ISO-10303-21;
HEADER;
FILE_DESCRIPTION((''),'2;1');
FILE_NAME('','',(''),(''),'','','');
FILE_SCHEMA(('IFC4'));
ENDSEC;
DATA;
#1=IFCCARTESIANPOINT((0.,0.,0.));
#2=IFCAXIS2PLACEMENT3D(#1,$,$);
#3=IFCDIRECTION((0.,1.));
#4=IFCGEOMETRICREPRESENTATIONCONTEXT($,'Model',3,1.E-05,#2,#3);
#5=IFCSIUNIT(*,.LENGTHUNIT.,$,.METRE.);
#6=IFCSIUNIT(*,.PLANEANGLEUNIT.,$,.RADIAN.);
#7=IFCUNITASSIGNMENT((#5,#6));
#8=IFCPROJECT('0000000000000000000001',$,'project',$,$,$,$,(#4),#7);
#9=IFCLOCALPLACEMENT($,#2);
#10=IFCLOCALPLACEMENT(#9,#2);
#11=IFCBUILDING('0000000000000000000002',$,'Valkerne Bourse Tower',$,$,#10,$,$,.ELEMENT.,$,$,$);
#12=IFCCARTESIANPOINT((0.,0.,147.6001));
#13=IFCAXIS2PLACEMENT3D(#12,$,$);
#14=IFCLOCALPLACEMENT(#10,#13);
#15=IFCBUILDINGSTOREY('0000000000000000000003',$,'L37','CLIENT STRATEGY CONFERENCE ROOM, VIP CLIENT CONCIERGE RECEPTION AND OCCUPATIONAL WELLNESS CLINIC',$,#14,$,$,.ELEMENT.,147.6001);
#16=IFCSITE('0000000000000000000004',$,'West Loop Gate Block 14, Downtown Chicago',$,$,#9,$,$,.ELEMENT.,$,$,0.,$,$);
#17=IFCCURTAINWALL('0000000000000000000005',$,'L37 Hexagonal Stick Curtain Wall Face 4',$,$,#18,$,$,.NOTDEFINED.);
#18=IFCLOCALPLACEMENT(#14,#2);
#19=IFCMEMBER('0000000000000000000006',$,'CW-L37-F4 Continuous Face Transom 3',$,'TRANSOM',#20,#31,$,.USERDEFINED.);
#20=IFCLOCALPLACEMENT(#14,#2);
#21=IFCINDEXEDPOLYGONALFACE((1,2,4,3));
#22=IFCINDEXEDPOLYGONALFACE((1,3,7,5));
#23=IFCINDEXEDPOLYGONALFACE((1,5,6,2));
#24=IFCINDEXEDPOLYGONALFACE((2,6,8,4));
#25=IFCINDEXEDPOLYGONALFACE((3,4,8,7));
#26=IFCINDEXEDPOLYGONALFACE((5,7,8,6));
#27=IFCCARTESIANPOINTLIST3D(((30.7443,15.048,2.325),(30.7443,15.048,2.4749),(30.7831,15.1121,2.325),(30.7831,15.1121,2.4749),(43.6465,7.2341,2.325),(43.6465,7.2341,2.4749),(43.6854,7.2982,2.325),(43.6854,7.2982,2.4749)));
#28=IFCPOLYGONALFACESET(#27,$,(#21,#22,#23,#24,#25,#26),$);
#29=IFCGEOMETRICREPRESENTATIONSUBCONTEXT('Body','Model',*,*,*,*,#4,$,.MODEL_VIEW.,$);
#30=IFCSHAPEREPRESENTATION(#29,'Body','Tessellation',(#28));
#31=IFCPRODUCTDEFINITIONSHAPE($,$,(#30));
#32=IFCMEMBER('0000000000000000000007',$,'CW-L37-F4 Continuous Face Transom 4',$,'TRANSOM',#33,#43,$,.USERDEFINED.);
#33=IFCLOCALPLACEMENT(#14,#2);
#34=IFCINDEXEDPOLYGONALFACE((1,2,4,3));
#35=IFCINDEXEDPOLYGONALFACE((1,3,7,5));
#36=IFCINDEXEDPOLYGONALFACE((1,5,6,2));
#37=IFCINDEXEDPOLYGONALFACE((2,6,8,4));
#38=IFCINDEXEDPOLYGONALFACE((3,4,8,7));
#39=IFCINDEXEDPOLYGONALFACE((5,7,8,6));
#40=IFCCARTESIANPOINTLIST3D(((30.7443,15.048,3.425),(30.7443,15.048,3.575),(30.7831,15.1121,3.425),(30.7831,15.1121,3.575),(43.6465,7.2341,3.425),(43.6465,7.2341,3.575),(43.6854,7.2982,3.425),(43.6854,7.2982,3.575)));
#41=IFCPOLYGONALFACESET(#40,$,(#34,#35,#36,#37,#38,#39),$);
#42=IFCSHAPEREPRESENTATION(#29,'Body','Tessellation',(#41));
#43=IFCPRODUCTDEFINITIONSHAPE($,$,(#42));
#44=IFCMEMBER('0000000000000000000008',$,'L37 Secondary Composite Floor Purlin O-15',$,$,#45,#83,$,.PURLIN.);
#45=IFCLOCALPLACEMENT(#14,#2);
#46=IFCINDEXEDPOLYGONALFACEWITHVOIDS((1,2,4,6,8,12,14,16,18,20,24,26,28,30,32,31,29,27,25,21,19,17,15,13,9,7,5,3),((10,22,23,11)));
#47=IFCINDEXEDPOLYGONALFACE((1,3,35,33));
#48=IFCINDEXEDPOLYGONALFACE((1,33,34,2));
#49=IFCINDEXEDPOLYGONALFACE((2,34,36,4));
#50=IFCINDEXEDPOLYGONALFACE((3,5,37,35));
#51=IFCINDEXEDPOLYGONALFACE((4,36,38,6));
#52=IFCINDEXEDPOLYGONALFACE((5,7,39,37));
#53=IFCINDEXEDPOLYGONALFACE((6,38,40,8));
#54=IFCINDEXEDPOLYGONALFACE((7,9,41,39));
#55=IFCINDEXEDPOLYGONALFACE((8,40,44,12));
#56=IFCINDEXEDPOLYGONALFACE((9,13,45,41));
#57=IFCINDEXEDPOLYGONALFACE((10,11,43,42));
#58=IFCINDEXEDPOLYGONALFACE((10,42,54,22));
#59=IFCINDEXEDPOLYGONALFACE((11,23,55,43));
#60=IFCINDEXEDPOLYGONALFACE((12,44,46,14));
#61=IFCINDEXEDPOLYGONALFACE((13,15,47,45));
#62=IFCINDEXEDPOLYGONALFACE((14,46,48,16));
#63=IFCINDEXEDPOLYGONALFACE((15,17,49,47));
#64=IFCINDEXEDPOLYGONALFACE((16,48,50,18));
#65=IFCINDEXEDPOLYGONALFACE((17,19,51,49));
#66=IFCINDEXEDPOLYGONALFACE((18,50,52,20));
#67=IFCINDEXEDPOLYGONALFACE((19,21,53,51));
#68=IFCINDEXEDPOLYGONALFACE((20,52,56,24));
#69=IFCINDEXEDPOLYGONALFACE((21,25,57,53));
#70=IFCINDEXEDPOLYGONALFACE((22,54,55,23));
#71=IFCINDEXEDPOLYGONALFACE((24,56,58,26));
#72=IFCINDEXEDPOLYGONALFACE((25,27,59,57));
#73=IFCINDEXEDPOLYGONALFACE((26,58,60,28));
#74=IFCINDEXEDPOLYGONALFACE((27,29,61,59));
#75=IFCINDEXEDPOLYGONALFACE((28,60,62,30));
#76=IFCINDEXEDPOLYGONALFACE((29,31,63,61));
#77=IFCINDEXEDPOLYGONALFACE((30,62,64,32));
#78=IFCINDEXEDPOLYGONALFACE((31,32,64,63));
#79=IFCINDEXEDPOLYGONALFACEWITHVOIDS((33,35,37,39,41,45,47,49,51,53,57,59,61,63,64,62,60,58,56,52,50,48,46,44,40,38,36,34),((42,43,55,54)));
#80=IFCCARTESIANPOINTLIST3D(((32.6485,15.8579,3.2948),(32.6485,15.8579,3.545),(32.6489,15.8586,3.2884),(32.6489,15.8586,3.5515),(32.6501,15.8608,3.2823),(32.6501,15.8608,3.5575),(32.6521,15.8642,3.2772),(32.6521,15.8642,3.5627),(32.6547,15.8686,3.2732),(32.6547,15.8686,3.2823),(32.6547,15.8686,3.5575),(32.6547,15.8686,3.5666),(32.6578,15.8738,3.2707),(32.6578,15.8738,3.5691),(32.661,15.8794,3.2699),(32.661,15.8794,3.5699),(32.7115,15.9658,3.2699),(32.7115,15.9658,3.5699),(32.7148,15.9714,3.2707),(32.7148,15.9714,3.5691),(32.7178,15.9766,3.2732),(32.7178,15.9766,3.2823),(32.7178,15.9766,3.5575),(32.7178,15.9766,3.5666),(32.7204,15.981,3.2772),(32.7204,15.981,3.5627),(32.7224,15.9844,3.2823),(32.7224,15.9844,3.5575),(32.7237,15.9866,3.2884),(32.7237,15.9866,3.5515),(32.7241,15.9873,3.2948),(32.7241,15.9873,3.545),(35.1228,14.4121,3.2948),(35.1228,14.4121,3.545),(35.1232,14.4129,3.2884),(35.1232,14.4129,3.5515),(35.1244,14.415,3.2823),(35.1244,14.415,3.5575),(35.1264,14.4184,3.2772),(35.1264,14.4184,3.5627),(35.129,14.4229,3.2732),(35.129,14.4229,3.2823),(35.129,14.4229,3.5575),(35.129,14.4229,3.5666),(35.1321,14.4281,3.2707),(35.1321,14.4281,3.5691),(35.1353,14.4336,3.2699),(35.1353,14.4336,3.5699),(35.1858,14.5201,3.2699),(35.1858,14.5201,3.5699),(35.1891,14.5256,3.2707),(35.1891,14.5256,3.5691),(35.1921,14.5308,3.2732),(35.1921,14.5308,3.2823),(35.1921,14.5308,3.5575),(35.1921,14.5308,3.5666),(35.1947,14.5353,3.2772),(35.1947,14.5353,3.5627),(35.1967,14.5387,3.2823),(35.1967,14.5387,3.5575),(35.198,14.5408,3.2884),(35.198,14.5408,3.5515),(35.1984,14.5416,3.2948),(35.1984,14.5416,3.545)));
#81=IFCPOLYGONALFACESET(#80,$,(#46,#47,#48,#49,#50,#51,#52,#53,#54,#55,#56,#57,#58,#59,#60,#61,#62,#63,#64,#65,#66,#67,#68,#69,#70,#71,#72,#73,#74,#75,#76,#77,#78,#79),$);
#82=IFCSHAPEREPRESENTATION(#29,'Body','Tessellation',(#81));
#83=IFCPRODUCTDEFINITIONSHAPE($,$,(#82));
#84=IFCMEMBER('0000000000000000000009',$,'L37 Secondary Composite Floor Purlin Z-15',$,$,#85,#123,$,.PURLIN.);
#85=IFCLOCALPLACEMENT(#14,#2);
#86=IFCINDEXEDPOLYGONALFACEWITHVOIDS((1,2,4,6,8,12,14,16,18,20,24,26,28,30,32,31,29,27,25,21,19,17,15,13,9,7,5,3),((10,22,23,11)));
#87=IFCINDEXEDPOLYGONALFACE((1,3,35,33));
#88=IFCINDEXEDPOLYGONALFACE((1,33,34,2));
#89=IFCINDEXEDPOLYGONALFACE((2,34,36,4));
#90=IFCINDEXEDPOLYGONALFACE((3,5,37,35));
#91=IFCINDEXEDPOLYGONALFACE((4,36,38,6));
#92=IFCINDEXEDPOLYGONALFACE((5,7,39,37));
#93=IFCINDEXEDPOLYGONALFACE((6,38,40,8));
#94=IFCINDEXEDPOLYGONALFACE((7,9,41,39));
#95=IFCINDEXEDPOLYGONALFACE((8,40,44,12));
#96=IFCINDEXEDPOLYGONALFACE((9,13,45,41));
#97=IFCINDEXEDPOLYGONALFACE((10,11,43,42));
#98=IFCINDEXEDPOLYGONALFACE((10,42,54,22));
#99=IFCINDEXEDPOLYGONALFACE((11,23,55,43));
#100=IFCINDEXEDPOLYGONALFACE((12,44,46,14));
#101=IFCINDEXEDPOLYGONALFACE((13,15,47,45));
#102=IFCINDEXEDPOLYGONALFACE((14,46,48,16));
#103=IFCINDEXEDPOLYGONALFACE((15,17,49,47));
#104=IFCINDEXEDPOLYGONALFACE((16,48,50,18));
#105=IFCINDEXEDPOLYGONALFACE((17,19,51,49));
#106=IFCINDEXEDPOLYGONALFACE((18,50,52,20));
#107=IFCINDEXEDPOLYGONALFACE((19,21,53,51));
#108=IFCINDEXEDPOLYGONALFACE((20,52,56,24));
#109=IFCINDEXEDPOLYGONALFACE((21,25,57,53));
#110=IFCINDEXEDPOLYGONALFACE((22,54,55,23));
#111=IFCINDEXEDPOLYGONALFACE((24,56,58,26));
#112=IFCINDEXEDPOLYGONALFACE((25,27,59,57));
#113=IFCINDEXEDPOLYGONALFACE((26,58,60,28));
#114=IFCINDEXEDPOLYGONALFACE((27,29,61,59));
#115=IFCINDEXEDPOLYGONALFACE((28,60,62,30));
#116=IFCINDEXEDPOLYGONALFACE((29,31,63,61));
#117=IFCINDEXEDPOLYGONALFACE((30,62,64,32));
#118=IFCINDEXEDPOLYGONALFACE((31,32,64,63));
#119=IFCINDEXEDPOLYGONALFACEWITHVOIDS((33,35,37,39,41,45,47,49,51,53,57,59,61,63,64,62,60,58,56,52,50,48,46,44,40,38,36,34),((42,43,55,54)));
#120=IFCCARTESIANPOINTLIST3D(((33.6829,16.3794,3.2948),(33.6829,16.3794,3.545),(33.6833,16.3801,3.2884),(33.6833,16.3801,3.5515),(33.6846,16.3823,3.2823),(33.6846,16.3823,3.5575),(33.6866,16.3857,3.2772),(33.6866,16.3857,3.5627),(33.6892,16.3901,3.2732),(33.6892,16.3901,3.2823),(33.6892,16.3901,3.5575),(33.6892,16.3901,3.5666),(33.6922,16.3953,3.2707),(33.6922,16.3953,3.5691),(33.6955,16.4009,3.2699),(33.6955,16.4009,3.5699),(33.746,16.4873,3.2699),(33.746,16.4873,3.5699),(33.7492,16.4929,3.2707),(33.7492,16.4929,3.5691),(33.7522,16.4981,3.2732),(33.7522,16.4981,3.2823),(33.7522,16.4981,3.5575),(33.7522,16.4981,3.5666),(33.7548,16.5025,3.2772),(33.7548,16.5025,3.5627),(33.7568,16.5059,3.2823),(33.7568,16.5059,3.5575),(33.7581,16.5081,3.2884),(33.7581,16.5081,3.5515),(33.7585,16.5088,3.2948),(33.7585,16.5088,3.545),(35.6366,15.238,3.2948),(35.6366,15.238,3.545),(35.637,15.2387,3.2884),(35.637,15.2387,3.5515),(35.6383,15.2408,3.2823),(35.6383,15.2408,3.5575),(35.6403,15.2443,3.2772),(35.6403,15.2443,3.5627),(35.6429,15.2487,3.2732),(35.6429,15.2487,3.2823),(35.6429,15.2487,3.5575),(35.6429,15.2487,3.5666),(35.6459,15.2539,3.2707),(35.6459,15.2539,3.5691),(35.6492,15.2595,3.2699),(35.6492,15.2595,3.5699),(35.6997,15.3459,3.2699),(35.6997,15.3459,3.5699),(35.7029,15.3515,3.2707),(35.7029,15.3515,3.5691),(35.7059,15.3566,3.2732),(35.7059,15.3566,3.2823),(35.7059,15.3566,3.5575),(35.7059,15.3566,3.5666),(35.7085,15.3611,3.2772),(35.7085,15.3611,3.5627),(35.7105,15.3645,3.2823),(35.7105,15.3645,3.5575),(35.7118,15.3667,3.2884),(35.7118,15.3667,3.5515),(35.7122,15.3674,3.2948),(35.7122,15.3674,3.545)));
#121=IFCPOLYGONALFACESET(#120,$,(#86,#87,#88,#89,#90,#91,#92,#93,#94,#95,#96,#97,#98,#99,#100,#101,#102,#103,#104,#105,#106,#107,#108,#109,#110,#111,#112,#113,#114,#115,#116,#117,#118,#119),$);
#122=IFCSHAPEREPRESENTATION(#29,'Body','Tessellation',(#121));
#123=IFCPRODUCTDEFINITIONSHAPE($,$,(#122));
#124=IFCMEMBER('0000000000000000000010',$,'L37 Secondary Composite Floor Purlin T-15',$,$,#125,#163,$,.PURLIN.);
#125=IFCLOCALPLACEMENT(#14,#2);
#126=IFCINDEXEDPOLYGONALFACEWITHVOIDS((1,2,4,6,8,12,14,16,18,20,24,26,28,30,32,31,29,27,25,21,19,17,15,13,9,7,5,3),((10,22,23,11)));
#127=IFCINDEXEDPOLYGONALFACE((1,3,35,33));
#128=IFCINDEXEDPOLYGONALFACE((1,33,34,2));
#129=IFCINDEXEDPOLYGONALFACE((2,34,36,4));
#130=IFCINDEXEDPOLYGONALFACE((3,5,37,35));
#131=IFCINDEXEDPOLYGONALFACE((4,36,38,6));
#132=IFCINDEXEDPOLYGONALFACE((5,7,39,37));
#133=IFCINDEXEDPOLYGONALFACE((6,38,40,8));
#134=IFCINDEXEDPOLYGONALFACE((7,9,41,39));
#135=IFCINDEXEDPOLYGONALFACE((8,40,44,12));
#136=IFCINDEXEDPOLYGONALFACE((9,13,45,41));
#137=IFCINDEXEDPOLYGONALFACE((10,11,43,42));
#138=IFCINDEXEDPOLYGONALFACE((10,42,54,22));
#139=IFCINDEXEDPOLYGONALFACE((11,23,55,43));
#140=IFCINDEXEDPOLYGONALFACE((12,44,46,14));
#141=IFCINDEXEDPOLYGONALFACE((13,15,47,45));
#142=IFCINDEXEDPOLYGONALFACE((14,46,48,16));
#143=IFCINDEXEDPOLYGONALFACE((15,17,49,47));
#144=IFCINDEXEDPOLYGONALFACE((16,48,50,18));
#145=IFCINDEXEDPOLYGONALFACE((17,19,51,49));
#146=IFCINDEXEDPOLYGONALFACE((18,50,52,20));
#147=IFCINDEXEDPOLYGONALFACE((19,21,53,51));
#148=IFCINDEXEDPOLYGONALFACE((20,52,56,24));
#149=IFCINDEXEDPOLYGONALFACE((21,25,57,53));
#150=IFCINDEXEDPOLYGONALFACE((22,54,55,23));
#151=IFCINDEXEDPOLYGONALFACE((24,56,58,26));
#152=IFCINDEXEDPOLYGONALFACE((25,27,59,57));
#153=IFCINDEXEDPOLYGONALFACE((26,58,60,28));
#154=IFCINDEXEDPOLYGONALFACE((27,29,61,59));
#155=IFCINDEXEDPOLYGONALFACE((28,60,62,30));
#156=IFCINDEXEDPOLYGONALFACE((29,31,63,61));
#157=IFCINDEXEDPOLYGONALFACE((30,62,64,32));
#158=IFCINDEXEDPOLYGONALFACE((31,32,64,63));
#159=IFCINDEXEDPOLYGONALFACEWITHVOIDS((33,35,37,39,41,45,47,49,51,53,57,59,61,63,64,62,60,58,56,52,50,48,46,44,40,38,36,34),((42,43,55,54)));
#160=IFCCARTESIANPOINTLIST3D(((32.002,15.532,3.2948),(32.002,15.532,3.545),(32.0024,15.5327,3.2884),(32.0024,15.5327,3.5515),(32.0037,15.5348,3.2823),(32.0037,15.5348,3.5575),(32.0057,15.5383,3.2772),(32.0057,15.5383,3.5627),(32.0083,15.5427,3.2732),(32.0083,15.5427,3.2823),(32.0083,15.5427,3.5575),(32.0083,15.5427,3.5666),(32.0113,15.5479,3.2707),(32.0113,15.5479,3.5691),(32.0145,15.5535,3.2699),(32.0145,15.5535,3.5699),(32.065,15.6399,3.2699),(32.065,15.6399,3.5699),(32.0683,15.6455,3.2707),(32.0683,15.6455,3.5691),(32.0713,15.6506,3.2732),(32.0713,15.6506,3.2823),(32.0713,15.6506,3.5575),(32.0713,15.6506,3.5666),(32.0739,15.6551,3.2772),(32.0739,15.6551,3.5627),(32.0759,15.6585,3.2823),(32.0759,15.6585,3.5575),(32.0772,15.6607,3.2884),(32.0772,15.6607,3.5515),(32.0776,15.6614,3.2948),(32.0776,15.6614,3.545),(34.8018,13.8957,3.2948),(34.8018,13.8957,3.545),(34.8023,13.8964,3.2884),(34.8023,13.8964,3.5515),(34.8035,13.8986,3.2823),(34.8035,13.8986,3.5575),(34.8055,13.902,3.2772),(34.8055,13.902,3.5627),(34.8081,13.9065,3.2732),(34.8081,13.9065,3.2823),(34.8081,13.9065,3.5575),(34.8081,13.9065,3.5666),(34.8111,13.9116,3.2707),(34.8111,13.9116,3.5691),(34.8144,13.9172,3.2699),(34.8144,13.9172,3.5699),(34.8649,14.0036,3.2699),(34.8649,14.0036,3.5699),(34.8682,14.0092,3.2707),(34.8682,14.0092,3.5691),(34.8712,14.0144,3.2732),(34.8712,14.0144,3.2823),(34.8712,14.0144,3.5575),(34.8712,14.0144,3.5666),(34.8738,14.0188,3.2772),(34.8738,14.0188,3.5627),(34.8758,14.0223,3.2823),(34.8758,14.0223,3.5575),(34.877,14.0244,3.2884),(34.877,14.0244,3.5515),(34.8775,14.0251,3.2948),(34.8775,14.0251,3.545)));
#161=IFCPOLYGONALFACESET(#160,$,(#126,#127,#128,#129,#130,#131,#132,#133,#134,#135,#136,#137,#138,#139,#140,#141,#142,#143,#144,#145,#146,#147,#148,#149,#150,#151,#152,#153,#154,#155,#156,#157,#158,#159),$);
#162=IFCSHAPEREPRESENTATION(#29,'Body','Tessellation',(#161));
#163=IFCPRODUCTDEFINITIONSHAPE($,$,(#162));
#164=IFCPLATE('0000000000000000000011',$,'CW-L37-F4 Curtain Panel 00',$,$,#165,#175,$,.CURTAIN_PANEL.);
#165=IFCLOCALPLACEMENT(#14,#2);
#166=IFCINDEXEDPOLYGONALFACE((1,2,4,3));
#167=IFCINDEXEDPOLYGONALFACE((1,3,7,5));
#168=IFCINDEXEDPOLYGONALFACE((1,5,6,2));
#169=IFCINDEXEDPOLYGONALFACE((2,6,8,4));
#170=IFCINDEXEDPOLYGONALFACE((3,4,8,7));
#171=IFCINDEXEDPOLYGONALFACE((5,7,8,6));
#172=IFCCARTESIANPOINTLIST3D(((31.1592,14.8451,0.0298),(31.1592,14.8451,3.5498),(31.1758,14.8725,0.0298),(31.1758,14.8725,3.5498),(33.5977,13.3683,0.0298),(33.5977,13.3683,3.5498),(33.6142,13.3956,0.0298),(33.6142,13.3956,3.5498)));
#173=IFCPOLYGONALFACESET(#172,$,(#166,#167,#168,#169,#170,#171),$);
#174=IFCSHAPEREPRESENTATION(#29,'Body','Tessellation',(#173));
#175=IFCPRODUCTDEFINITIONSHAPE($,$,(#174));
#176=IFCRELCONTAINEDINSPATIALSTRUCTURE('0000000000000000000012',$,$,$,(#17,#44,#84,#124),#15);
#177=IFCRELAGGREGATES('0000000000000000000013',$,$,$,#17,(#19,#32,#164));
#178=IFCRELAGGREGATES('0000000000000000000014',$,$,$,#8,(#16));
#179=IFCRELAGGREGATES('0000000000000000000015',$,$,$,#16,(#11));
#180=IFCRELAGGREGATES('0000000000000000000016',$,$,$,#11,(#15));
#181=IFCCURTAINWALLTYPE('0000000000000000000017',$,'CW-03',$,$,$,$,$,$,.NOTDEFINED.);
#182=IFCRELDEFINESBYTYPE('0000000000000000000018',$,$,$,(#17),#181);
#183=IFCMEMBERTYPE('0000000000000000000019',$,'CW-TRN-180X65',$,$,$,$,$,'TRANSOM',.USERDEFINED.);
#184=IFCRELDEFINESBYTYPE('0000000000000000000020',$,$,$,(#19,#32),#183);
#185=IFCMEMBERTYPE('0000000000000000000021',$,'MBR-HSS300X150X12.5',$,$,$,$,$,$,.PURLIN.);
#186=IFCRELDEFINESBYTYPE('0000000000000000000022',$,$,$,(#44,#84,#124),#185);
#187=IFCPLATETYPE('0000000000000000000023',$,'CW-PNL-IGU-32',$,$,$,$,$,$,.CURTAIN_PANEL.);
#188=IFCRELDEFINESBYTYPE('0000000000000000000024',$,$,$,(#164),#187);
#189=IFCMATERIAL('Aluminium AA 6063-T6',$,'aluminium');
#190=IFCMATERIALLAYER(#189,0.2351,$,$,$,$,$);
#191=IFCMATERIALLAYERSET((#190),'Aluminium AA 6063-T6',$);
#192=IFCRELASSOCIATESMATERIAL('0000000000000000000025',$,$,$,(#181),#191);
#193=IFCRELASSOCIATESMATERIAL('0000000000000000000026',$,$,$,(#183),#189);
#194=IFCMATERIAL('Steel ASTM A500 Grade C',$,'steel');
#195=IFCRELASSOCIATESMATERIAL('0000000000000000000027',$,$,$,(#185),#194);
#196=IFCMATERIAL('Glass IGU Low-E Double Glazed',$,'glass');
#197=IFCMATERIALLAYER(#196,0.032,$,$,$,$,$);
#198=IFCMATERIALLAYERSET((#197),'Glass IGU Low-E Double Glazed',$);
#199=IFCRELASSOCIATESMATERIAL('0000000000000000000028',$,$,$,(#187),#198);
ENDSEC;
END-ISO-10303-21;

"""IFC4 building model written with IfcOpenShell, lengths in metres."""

from ifc_helpers import new_model, si_unit, direction, frame, origin, origin_2d, place, context, subcontext, project, spatial, rectangle, hollow_rectangle, extrude, material, layer, layer_set, material_profile, profile_set, type_object, element, aggregate, save


model = new_model("IFC4")

# Units and contexts
model_context = context("Model", 3, precision=1e-05, world=origin(), true_north=direction((0.0, 1.0)))
body_context = subcontext(model_context, "Body", "Model", "MODEL_VIEW")
ifc_project = project(units=[si_unit("LENGTHUNIT", "METRE"), si_unit("PLANEANGLEUNIT", "RADIAN")], contexts=[model_context])

# Site, building, storey
site_placement = place(None, origin())
site = spatial("IfcSite", under=ifc_project, at=site_placement, Name="West Loop Gate Block 14, Downtown Chicago", CompositionType="ELEMENT", RefElevation=0.0)
building_placement = place(site_placement, origin())
building = spatial("IfcBuilding", under=site, at=building_placement, Name="Valkerne Bourse Tower", CompositionType="ELEMENT")
storey_placement = place(building_placement, frame((0.0, 0.0, 147.6001)))
storey = spatial("IfcBuildingStorey", under=building, at=storey_placement, Name="L37", Description="CLIENT STRATEGY CONFERENCE ROOM, VIP CLIENT CONCIERGE RECEPTION AND OCCUPATIONAL WELLNESS CLINIC", CompositionType="ELEMENT", Elevation=147.6001)

# Curtain wall, members
ifc_material_1 = material(Name="Aluminium AA 6063-T6", Category="aluminium")
ifc_layer_1 = layer(ifc_material_1, 0.2351)
ifc_layer_set_1 = layer_set([ifc_layer_1], Name="Aluminium AA 6063-T6")
curtain_wall_type = type_object("IfcCurtainWallType", Name="CW-03", PredefinedType="NOTDEFINED", material=ifc_layer_set_1)
curtain_wall_placement = place(storey_placement, origin())
curtain_wall = element("IfcCurtainWall", 1, at=curtain_wall_placement, inside=storey, type_object=curtain_wall_type, Name="L37 Hexagonal Stick Curtain Wall Face 4", PredefinedType="NOTDEFINED")
ifc_material_profile_1 = material_profile(ifc_material_1, rectangle(XDim=0.075, YDim=0.1499, at=origin_2d()), Name="CWT-75X150")
ifc_profile_set_1 = profile_set([ifc_material_profile_1], Name="Aluminium AA 6063-T6")
member_type_1 = type_object("IfcMemberType", Name="CW-TRN-180X65", ElementType="TRANSOM", PredefinedType="USERDEFINED", material=ifc_profile_set_1)
member_1_placement = place(storey_placement, frame((30.7637, 15.0801, 2.3999), z_axis=(0.855363, -0.518028, 0.0), x_axis=(0.518028, 0.855363, 0.0)))
member_1 = element("IfcMember", 2, at=member_1_placement, type_object=member_type_1, Name="CW-L37-F4 Continuous Face Transom 3", ObjectType="TRANSOM", PredefinedType="USERDEFINED", context=body_context, shape_type="SweptSolid", body=[
    extrude(rectangle(XDim=0.075, YDim=0.1499, at=origin_2d()), origin(), (0.0, 0.0, 1.0), 15.084),
])
member_2_placement = place(storey_placement, frame((30.7637, 15.0801, 3.5), z_axis=(0.855363, -0.518028, 0.0), x_axis=(0.518028, 0.855363, 0.0)))
member_2 = element("IfcMember", 3, at=member_2_placement, type_object=member_type_1, Name="CW-L37-F4 Continuous Face Transom 4", ObjectType="TRANSOM", PredefinedType="USERDEFINED", context=body_context, shape_type="SweptSolid", body=[
    extrude(rectangle(XDim=0.075, YDim=0.1499, at=origin_2d()), origin(), (0.0, 0.0, 1.0), 15.084),
])

# Members
ifc_material_2 = material(Name="Steel ASTM A500 Grade C", Category="steel")
ifc_material_profile_2 = material_profile(ifc_material_2, hollow_rectangle(XDim=0.1499, YDim=0.3, WallThickness=0.0125, OuterFilletRadius=0.0249, at=origin_2d()), Name="HSS300X150X12.5")
ifc_profile_set_2 = profile_set([ifc_material_profile_2], Name="Steel ASTM A500 Grade C")
member_type_2 = type_object("IfcMemberType", Name="MBR-HSS300X150X12.5", PredefinedType="PURLIN", material=ifc_profile_set_2)
member_3_placement = place(storey_placement, frame((32.6863, 15.9226, 3.4199), z_axis=(0.863411, -0.504501, 0.0), x_axis=(0.504501, 0.863411, 0.0)))
element("IfcMember", 4, at=member_3_placement, inside=storey, type_object=member_type_2, Name="L37 Secondary Composite Floor Purlin O-15", PredefinedType="PURLIN", context=body_context, shape_type="SweptSolid", body=[
    extrude(hollow_rectangle(XDim=0.1499, YDim=0.3, WallThickness=0.0125, OuterFilletRadius=0.0249, at=origin_2d()), origin(), (0.0, 0.0, 1.0), 2.8657),
])
member_4_placement = place(storey_placement, frame((33.7207, 16.4441, 3.4199), z_axis=(0.863442, -0.504448, 0.0), x_axis=(0.504448, 0.863442, 0.0)))
element("IfcMember", 5, at=member_4_placement, inside=storey, type_object=member_type_2, Name="L37 Secondary Composite Floor Purlin Z-15", PredefinedType="PURLIN", context=body_context, shape_type="SweptSolid", body=[
    extrude(hollow_rectangle(XDim=0.1499, YDim=0.3, WallThickness=0.0125, OuterFilletRadius=0.0249, at=origin_2d()), origin(), (0.0, 0.0, 1.0), 2.2627),
])
member_5_placement = place(storey_placement, frame((32.0398, 15.5967, 3.4199), z_axis=(0.863374, -0.504564, 0.0), x_axis=(0.504564, 0.863374, 0.0)))
element("IfcMember", 6, at=member_5_placement, inside=storey, type_object=member_type_2, Name="L37 Secondary Composite Floor Purlin T-15", PredefinedType="PURLIN", context=body_context, shape_type="SweptSolid", body=[
    extrude(hollow_rectangle(XDim=0.1499, YDim=0.3, WallThickness=0.0125, OuterFilletRadius=0.0249, at=origin_2d()), origin(), (0.0, 0.0, 1.0), 3.2429),
])

# Plate
ifc_material_3 = material(Name="Glass IGU Low-E Double Glazed", Category="glass")
ifc_layer_2 = layer(ifc_material_3, 0.032)
ifc_layer_set_2 = layer_set([ifc_layer_2], Name="Glass IGU Low-E Double Glazed")
plate_type = type_object("IfcPlateType", Name="CW-PNL-IGU-32", PredefinedType="CURTAIN_PANEL", material=ifc_layer_set_2)
plate_placement = place(storey_placement, frame((32.3867, 14.1204, 0.0298), z_axis=(0.0, 0.0, 1.0), x_axis=(0.855356, -0.51804, 0.0)))
plate = element("IfcPlate", 7, at=plate_placement, type_object=plate_type, Name="CW-L37-F4 Curtain Panel 00", PredefinedType="CURTAIN_PANEL", context=body_context, shape_type="SweptSolid", body=[
    extrude(rectangle(XDim=2.8508, YDim=0.032, at=origin_2d()), origin(), (0.0, 0.0, 1.0), 3.52),
])
aggregate(curtain_wall, [member_1, member_2, plate])

save(model, "model.ifc")
